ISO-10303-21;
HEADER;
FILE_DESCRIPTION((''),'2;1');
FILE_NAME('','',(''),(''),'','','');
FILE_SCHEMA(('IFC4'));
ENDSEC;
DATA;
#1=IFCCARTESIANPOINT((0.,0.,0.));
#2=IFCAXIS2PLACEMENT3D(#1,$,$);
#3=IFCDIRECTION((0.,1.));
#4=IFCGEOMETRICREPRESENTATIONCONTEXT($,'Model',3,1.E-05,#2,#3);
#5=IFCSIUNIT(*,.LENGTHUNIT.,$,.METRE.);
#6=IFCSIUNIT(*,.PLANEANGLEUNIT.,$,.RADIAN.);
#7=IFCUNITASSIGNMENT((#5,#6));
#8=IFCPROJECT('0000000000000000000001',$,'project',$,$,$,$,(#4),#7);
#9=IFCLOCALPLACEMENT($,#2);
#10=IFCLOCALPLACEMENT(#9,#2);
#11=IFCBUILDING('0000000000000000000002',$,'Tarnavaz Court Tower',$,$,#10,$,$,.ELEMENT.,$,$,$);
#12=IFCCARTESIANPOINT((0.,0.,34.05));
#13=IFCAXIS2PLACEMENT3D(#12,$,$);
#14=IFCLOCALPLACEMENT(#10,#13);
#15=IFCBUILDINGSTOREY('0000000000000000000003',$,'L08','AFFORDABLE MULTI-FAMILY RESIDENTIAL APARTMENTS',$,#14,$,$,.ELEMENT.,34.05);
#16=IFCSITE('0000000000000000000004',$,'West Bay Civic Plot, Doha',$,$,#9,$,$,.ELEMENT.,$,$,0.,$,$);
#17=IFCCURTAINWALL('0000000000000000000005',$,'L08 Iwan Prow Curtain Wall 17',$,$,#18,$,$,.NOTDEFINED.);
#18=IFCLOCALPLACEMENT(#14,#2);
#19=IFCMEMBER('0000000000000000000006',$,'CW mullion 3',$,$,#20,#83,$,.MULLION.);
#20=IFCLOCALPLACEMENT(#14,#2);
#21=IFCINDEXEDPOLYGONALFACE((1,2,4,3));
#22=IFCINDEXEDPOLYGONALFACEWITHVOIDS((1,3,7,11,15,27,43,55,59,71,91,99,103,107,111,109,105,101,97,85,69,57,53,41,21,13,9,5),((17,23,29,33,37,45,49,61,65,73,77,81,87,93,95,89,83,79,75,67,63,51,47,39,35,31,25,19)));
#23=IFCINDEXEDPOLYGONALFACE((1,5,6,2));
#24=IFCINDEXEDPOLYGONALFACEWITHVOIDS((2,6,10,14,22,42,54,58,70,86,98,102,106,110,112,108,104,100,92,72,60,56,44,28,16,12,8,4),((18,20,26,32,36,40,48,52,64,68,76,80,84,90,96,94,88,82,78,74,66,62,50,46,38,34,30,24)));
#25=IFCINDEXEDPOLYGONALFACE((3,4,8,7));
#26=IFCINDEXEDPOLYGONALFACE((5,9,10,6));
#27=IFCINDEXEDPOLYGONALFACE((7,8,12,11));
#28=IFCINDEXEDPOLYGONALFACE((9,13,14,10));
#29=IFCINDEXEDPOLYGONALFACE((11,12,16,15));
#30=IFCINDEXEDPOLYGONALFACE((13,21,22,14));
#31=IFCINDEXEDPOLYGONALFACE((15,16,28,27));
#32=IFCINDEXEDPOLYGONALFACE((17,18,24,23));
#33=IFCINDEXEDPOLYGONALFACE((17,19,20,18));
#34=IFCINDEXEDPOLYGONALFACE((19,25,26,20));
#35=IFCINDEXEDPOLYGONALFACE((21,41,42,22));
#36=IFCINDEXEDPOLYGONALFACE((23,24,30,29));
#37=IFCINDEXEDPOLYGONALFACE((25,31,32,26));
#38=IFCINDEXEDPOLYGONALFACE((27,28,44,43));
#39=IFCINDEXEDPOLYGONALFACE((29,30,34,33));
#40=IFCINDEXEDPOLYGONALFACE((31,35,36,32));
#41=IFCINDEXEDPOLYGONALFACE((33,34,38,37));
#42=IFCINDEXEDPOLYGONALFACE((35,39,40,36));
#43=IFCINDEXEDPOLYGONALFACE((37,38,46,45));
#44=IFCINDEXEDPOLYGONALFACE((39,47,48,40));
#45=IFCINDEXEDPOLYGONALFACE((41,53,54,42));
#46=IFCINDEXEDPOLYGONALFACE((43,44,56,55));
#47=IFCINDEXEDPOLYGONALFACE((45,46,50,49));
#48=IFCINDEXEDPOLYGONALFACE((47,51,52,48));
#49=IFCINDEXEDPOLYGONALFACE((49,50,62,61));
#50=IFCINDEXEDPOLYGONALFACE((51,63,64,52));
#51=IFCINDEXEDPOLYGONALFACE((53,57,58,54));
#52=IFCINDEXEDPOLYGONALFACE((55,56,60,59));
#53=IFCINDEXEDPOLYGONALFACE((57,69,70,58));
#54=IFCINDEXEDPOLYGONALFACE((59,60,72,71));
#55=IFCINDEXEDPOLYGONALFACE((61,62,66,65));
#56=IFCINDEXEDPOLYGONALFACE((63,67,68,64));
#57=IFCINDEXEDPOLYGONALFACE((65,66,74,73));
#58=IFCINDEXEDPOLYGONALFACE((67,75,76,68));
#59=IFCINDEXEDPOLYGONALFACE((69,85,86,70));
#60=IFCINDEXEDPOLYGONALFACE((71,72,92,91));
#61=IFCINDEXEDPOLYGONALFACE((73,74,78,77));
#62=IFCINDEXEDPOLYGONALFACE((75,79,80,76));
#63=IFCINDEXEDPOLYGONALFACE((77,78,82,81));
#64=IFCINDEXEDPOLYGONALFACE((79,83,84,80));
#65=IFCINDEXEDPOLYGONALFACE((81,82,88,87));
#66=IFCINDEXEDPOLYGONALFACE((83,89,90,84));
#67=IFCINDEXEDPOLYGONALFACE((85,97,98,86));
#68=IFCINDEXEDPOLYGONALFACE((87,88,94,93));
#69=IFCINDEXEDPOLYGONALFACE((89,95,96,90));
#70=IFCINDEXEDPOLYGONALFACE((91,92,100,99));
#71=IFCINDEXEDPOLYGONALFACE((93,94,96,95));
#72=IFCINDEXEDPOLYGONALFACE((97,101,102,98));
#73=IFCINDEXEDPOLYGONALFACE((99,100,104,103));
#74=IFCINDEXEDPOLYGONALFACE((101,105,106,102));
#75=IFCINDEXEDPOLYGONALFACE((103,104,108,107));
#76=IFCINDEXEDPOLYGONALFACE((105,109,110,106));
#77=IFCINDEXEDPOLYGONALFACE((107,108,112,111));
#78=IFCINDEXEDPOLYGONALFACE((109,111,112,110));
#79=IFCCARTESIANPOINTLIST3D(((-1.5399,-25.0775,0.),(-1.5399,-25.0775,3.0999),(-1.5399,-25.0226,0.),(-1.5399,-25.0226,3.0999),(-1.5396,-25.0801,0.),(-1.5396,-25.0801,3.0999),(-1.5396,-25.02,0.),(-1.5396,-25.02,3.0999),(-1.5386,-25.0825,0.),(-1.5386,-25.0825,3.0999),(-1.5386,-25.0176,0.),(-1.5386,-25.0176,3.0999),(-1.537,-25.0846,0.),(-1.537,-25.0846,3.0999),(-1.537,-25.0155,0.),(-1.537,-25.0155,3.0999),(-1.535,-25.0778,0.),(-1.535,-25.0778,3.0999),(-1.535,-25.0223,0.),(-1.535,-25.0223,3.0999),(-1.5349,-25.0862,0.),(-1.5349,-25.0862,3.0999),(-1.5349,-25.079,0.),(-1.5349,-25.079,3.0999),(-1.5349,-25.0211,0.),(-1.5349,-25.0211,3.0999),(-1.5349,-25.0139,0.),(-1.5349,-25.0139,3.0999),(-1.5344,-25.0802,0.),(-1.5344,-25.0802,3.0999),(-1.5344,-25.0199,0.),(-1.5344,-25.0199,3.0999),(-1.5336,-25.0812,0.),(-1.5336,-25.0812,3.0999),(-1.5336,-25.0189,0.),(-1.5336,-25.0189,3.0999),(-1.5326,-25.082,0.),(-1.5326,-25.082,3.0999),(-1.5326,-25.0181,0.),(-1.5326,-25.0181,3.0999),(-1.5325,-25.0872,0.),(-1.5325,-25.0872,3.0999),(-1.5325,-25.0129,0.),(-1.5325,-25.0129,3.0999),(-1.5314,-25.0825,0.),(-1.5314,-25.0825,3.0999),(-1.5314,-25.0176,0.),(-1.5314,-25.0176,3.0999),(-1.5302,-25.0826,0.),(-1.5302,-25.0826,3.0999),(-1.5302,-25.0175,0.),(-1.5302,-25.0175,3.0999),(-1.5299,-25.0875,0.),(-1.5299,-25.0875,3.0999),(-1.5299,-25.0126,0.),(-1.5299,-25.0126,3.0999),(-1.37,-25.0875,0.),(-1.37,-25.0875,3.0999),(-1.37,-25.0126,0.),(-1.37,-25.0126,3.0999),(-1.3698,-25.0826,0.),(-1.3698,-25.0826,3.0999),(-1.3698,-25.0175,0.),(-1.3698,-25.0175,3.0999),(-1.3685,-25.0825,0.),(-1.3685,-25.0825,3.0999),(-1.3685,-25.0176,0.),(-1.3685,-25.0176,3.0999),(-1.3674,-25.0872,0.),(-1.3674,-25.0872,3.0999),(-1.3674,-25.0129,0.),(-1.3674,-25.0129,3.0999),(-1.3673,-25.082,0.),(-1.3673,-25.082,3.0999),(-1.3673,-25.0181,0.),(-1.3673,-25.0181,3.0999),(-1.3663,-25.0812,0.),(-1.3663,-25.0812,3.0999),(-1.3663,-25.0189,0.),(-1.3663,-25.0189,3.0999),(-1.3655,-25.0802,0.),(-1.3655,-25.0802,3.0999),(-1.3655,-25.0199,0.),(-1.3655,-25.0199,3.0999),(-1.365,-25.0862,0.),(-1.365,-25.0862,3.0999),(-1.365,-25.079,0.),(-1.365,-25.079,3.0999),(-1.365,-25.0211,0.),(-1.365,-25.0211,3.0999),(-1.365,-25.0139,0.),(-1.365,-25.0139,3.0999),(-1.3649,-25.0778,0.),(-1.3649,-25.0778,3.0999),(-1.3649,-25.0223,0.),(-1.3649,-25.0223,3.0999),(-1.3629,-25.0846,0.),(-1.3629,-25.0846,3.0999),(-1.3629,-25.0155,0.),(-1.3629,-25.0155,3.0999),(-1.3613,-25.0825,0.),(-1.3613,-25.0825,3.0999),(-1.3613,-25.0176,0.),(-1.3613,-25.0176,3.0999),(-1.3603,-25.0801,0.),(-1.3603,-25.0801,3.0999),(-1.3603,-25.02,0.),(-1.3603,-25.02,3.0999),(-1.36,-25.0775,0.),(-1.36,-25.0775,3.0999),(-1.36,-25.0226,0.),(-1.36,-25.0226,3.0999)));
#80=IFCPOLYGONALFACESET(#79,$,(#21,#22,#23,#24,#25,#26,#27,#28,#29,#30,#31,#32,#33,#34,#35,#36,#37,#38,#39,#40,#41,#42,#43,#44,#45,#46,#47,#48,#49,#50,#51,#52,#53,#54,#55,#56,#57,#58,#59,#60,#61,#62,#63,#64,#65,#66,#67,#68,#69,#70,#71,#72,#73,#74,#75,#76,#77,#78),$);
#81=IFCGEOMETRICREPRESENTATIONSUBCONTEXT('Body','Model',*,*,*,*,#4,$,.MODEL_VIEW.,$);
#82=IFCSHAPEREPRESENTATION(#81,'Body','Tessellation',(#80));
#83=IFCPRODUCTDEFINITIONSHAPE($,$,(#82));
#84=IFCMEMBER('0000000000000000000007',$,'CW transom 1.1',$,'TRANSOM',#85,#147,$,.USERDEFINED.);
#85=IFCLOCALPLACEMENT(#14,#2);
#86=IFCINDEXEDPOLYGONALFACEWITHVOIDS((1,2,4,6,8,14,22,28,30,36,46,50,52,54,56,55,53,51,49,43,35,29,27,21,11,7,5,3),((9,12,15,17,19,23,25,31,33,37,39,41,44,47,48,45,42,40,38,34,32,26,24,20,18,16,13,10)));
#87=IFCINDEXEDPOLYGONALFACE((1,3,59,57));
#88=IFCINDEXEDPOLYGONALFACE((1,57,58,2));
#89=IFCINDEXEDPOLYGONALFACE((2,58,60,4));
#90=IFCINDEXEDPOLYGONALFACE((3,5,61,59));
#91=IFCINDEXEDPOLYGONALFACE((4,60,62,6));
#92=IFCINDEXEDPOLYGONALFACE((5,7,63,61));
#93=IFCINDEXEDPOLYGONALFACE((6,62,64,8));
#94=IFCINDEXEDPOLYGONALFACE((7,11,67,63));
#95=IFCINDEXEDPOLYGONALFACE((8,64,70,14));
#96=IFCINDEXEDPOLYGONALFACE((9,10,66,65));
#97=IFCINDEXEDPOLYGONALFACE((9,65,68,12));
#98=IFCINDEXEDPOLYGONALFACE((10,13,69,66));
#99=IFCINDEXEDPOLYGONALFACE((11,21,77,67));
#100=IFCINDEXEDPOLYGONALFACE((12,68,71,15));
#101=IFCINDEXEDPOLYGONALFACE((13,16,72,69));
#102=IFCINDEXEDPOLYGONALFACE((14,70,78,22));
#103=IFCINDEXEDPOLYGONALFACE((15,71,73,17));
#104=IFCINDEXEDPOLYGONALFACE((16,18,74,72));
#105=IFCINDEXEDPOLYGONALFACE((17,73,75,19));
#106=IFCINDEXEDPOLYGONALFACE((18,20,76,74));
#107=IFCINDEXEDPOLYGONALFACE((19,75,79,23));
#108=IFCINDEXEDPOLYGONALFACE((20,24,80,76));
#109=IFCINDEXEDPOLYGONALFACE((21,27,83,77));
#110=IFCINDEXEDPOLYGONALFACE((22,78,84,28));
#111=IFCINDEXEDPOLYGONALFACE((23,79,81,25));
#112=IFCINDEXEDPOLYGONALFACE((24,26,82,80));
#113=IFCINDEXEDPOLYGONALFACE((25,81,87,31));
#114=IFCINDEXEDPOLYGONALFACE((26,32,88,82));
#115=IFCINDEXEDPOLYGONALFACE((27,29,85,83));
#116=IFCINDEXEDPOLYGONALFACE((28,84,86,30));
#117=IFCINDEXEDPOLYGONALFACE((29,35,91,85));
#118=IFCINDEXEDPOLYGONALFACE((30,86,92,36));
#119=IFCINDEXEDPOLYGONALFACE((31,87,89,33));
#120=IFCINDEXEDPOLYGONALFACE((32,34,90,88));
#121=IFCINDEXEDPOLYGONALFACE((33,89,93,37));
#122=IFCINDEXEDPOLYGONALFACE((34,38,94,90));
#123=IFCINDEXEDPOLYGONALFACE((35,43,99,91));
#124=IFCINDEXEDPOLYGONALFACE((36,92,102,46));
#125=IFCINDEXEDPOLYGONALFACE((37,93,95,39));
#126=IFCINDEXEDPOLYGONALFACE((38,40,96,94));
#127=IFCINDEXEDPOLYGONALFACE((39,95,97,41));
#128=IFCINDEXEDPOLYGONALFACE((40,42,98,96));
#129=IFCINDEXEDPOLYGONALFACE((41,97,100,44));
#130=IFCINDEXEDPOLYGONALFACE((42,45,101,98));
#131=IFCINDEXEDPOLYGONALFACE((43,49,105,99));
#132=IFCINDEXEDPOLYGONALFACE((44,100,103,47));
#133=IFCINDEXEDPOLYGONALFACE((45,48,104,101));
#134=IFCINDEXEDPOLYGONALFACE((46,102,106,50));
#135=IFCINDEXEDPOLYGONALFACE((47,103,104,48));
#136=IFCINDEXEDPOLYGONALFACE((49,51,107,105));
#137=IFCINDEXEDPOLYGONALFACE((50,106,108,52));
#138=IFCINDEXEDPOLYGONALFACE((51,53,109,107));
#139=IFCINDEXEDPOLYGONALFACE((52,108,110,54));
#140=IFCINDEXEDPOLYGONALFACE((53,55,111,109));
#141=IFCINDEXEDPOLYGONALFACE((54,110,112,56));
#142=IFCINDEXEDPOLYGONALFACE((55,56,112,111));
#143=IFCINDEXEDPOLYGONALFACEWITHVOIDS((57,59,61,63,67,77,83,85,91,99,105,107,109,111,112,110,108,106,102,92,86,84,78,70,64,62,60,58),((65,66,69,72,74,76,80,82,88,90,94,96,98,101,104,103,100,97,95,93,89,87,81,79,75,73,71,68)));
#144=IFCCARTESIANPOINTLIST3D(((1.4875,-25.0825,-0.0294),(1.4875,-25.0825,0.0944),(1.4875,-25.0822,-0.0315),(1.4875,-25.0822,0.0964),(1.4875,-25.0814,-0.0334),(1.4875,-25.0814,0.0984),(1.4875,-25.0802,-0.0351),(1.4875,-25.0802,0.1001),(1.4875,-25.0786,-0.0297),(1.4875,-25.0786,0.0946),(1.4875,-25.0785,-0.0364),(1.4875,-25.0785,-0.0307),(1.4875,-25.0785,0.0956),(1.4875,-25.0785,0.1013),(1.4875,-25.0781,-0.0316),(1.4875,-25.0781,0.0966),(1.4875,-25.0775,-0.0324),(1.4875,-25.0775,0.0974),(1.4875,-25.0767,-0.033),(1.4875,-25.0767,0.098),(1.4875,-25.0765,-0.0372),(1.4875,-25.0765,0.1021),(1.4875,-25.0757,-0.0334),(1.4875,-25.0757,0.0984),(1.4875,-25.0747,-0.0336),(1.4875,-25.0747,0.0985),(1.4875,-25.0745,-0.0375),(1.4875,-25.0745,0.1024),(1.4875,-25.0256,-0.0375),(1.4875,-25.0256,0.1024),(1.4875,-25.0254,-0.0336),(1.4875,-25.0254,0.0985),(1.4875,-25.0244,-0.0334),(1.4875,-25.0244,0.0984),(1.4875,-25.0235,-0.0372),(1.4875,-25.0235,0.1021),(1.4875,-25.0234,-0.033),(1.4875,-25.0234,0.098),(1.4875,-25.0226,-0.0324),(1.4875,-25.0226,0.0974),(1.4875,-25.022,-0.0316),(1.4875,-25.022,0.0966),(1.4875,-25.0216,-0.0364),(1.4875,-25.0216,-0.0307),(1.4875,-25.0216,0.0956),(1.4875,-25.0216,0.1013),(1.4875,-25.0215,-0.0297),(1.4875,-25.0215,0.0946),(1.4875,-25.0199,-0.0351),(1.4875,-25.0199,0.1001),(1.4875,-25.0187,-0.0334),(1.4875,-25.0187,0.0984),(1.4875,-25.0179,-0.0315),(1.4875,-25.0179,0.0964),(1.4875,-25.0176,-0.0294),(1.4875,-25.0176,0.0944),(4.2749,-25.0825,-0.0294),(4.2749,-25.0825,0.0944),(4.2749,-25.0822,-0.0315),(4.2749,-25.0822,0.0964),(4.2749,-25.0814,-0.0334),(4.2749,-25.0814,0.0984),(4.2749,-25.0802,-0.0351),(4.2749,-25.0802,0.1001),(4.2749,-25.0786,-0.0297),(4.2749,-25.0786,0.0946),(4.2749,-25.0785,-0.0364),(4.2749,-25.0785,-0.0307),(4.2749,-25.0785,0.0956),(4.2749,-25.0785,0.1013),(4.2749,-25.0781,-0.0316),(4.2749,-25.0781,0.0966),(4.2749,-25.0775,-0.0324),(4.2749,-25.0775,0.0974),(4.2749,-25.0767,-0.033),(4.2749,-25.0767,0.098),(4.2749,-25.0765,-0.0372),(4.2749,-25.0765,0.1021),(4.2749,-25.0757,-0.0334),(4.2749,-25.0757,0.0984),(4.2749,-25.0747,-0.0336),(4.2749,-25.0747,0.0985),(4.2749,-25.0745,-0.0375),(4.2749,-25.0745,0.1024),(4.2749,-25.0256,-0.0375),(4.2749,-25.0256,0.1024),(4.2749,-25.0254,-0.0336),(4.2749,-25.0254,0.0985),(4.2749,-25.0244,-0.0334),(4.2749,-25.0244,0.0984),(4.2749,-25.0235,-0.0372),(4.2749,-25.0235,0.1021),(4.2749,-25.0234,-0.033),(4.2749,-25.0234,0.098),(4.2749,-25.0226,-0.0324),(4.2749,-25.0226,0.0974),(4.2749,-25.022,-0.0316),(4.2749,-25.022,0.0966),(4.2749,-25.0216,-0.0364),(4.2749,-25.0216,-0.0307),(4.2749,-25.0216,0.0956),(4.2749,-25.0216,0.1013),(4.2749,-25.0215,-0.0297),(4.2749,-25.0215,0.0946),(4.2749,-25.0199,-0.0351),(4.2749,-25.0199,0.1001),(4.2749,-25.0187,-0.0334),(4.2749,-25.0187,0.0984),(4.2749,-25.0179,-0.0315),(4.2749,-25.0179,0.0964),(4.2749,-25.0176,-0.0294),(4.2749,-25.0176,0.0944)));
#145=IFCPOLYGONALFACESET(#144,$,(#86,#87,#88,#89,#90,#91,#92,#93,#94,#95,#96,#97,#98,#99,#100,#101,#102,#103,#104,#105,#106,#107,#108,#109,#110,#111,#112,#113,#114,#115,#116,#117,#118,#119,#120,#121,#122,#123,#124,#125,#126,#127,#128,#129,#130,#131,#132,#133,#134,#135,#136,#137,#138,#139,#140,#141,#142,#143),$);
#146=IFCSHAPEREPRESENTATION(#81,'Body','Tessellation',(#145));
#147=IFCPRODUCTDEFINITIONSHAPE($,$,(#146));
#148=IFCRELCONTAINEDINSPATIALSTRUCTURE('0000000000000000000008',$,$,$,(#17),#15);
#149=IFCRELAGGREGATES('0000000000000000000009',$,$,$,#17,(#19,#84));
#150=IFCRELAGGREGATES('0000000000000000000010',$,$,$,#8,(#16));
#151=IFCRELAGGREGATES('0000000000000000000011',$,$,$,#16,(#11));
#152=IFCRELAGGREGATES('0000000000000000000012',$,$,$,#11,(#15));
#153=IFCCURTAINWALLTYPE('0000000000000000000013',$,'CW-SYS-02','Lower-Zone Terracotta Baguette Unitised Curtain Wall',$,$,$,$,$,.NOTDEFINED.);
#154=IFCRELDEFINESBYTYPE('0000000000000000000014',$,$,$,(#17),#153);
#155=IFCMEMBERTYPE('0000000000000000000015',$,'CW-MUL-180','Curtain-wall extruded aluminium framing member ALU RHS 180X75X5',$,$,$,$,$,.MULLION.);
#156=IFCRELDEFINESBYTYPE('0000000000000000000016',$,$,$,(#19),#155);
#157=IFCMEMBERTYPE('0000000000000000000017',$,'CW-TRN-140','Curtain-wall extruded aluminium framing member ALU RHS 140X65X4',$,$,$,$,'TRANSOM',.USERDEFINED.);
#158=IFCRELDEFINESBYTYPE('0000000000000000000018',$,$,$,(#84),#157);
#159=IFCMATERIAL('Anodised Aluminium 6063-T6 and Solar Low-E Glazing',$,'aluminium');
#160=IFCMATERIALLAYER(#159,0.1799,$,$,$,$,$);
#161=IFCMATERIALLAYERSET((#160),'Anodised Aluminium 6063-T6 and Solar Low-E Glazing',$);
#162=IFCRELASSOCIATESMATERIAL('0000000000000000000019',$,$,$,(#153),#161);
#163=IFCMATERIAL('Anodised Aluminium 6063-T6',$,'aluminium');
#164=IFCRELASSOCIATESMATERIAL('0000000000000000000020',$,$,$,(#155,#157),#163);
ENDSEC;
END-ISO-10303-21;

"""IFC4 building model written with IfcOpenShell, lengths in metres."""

from ifc_helpers import new_model, si_unit, direction, frame, origin, origin_2d, place, context, subcontext, project, spatial, hollow_rectangle, extrude, material, layer, layer_set, material_profile, profile_set, type_object, element, aggregate, save


model = new_model("IFC4")

# Units and contexts
model_context = context("Model", 3, precision=1e-05, world=origin(), true_north=direction((0.0, 1.0)))
body_context = subcontext(model_context, "Body", "Model", "MODEL_VIEW")
ifc_project = project(units=[si_unit("LENGTHUNIT", "METRE"), si_unit("PLANEANGLEUNIT", "RADIAN")], contexts=[model_context])

# Site, building, storey
site_placement = place(None, origin())
site = spatial("IfcSite", under=ifc_project, at=site_placement, Name="West Bay Civic Plot, Doha", CompositionType="ELEMENT", RefElevation=0.0)
building_placement = place(site_placement, origin())
building = spatial("IfcBuilding", under=site, at=building_placement, Name="Tarnavaz Court Tower", CompositionType="ELEMENT")
storey_placement = place(building_placement, frame((0.0, 0.0, 34.05)))
storey = spatial("IfcBuildingStorey", under=building, at=storey_placement, Name="L08", Description="AFFORDABLE MULTI-FAMILY RESIDENTIAL APARTMENTS", CompositionType="ELEMENT", Elevation=34.05)

# Curtain wall, members
ifc_material_1 = material(Name="Anodised Aluminium 6063-T6 and Solar Low-E Glazing", Category="aluminium")
ifc_layer_1 = layer(ifc_material_1, 0.1799)
ifc_layer_set_1 = layer_set([ifc_layer_1], Name="Anodised Aluminium 6063-T6 and Solar Low-E Glazing")
curtain_wall_type = type_object("IfcCurtainWallType", Name="CW-SYS-02", Description="Lower-Zone Terracotta Baguette Unitised Curtain Wall", PredefinedType="NOTDEFINED", material=ifc_layer_set_1)
curtain_wall_placement = place(storey_placement, origin())
curtain_wall = element("IfcCurtainWall", 1, at=curtain_wall_placement, inside=storey, type_object=curtain_wall_type, Name="L08 Iwan Prow Curtain Wall 17", PredefinedType="NOTDEFINED")
ifc_material_2 = material(Name="Anodised Aluminium 6063-T6", Category="aluminium")
ifc_material_profile_1 = material_profile(ifc_material_2, hollow_rectangle(XDim=0.075, YDim=0.1799, WallThickness=0.0049, InnerFilletRadius=0.0049, OuterFilletRadius=0.01, at=origin_2d()), Name="ALU RHS 180X75X5")
ifc_profile_set_1 = profile_set([ifc_material_profile_1], Name="Anodised Aluminium 6063-T6")
member_type_1 = type_object("IfcMemberType", Name="CW-MUL-180", Description="Curtain-wall extruded aluminium framing member ALU RHS 180X75X5", PredefinedType="MULLION", material=ifc_profile_set_1)
member_1_placement = place(storey_placement, frame((-1.45, -25.05, 0.0), z_axis=(0.0, 0.0, 1.0), x_axis=(0.0, -1.0, 0.0)))
member_1 = element("IfcMember", 2, at=member_1_placement, type_object=member_type_1, Name="CW mullion 3", PredefinedType="MULLION", context=body_context, shape_type="SweptSolid", body=[
    extrude(hollow_rectangle(XDim=0.075, YDim=0.1799, WallThickness=0.0049, InnerFilletRadius=0.0049, OuterFilletRadius=0.01, at=origin_2d()), origin(), (0.0, 0.0, 1.0), 3.0999),
])
ifc_material_profile_2 = material_profile(ifc_material_2, hollow_rectangle(XDim=0.0649, YDim=0.1399, WallThickness=0.0039, InnerFilletRadius=0.0039, OuterFilletRadius=0.0081, at=origin_2d()), Name="ALU RHS 140X65X4")
ifc_profile_set_2 = profile_set([ifc_material_profile_2], Name="Anodised Aluminium 6063-T6")
member_type_2 = type_object("IfcMemberType", Name="CW-TRN-140", Description="Curtain-wall extruded aluminium framing member ALU RHS 140X65X4", ElementType="TRANSOM", PredefinedType="USERDEFINED", material=ifc_profile_set_2)
member_2_placement = place(storey_placement, frame((4.2749, -25.05, 0.0325), z_axis=(-1.0, 0.0, 0.0), x_axis=(0.0, -1.0, 0.0)))
member_2 = element("IfcMember", 3, at=member_2_placement, type_object=member_type_2, Name="CW transom 1.1", ObjectType="TRANSOM", PredefinedType="USERDEFINED", context=body_context, shape_type="SweptSolid", body=[
    extrude(hollow_rectangle(XDim=0.0649, YDim=0.1399, WallThickness=0.0039, InnerFilletRadius=0.0039, OuterFilletRadius=0.0081, at=origin_2d()), origin(), (0.0, 0.0, 1.0), 2.7874),
])
aggregate(curtain_wall, [member_1, member_2])

save(model, "model.ifc")
